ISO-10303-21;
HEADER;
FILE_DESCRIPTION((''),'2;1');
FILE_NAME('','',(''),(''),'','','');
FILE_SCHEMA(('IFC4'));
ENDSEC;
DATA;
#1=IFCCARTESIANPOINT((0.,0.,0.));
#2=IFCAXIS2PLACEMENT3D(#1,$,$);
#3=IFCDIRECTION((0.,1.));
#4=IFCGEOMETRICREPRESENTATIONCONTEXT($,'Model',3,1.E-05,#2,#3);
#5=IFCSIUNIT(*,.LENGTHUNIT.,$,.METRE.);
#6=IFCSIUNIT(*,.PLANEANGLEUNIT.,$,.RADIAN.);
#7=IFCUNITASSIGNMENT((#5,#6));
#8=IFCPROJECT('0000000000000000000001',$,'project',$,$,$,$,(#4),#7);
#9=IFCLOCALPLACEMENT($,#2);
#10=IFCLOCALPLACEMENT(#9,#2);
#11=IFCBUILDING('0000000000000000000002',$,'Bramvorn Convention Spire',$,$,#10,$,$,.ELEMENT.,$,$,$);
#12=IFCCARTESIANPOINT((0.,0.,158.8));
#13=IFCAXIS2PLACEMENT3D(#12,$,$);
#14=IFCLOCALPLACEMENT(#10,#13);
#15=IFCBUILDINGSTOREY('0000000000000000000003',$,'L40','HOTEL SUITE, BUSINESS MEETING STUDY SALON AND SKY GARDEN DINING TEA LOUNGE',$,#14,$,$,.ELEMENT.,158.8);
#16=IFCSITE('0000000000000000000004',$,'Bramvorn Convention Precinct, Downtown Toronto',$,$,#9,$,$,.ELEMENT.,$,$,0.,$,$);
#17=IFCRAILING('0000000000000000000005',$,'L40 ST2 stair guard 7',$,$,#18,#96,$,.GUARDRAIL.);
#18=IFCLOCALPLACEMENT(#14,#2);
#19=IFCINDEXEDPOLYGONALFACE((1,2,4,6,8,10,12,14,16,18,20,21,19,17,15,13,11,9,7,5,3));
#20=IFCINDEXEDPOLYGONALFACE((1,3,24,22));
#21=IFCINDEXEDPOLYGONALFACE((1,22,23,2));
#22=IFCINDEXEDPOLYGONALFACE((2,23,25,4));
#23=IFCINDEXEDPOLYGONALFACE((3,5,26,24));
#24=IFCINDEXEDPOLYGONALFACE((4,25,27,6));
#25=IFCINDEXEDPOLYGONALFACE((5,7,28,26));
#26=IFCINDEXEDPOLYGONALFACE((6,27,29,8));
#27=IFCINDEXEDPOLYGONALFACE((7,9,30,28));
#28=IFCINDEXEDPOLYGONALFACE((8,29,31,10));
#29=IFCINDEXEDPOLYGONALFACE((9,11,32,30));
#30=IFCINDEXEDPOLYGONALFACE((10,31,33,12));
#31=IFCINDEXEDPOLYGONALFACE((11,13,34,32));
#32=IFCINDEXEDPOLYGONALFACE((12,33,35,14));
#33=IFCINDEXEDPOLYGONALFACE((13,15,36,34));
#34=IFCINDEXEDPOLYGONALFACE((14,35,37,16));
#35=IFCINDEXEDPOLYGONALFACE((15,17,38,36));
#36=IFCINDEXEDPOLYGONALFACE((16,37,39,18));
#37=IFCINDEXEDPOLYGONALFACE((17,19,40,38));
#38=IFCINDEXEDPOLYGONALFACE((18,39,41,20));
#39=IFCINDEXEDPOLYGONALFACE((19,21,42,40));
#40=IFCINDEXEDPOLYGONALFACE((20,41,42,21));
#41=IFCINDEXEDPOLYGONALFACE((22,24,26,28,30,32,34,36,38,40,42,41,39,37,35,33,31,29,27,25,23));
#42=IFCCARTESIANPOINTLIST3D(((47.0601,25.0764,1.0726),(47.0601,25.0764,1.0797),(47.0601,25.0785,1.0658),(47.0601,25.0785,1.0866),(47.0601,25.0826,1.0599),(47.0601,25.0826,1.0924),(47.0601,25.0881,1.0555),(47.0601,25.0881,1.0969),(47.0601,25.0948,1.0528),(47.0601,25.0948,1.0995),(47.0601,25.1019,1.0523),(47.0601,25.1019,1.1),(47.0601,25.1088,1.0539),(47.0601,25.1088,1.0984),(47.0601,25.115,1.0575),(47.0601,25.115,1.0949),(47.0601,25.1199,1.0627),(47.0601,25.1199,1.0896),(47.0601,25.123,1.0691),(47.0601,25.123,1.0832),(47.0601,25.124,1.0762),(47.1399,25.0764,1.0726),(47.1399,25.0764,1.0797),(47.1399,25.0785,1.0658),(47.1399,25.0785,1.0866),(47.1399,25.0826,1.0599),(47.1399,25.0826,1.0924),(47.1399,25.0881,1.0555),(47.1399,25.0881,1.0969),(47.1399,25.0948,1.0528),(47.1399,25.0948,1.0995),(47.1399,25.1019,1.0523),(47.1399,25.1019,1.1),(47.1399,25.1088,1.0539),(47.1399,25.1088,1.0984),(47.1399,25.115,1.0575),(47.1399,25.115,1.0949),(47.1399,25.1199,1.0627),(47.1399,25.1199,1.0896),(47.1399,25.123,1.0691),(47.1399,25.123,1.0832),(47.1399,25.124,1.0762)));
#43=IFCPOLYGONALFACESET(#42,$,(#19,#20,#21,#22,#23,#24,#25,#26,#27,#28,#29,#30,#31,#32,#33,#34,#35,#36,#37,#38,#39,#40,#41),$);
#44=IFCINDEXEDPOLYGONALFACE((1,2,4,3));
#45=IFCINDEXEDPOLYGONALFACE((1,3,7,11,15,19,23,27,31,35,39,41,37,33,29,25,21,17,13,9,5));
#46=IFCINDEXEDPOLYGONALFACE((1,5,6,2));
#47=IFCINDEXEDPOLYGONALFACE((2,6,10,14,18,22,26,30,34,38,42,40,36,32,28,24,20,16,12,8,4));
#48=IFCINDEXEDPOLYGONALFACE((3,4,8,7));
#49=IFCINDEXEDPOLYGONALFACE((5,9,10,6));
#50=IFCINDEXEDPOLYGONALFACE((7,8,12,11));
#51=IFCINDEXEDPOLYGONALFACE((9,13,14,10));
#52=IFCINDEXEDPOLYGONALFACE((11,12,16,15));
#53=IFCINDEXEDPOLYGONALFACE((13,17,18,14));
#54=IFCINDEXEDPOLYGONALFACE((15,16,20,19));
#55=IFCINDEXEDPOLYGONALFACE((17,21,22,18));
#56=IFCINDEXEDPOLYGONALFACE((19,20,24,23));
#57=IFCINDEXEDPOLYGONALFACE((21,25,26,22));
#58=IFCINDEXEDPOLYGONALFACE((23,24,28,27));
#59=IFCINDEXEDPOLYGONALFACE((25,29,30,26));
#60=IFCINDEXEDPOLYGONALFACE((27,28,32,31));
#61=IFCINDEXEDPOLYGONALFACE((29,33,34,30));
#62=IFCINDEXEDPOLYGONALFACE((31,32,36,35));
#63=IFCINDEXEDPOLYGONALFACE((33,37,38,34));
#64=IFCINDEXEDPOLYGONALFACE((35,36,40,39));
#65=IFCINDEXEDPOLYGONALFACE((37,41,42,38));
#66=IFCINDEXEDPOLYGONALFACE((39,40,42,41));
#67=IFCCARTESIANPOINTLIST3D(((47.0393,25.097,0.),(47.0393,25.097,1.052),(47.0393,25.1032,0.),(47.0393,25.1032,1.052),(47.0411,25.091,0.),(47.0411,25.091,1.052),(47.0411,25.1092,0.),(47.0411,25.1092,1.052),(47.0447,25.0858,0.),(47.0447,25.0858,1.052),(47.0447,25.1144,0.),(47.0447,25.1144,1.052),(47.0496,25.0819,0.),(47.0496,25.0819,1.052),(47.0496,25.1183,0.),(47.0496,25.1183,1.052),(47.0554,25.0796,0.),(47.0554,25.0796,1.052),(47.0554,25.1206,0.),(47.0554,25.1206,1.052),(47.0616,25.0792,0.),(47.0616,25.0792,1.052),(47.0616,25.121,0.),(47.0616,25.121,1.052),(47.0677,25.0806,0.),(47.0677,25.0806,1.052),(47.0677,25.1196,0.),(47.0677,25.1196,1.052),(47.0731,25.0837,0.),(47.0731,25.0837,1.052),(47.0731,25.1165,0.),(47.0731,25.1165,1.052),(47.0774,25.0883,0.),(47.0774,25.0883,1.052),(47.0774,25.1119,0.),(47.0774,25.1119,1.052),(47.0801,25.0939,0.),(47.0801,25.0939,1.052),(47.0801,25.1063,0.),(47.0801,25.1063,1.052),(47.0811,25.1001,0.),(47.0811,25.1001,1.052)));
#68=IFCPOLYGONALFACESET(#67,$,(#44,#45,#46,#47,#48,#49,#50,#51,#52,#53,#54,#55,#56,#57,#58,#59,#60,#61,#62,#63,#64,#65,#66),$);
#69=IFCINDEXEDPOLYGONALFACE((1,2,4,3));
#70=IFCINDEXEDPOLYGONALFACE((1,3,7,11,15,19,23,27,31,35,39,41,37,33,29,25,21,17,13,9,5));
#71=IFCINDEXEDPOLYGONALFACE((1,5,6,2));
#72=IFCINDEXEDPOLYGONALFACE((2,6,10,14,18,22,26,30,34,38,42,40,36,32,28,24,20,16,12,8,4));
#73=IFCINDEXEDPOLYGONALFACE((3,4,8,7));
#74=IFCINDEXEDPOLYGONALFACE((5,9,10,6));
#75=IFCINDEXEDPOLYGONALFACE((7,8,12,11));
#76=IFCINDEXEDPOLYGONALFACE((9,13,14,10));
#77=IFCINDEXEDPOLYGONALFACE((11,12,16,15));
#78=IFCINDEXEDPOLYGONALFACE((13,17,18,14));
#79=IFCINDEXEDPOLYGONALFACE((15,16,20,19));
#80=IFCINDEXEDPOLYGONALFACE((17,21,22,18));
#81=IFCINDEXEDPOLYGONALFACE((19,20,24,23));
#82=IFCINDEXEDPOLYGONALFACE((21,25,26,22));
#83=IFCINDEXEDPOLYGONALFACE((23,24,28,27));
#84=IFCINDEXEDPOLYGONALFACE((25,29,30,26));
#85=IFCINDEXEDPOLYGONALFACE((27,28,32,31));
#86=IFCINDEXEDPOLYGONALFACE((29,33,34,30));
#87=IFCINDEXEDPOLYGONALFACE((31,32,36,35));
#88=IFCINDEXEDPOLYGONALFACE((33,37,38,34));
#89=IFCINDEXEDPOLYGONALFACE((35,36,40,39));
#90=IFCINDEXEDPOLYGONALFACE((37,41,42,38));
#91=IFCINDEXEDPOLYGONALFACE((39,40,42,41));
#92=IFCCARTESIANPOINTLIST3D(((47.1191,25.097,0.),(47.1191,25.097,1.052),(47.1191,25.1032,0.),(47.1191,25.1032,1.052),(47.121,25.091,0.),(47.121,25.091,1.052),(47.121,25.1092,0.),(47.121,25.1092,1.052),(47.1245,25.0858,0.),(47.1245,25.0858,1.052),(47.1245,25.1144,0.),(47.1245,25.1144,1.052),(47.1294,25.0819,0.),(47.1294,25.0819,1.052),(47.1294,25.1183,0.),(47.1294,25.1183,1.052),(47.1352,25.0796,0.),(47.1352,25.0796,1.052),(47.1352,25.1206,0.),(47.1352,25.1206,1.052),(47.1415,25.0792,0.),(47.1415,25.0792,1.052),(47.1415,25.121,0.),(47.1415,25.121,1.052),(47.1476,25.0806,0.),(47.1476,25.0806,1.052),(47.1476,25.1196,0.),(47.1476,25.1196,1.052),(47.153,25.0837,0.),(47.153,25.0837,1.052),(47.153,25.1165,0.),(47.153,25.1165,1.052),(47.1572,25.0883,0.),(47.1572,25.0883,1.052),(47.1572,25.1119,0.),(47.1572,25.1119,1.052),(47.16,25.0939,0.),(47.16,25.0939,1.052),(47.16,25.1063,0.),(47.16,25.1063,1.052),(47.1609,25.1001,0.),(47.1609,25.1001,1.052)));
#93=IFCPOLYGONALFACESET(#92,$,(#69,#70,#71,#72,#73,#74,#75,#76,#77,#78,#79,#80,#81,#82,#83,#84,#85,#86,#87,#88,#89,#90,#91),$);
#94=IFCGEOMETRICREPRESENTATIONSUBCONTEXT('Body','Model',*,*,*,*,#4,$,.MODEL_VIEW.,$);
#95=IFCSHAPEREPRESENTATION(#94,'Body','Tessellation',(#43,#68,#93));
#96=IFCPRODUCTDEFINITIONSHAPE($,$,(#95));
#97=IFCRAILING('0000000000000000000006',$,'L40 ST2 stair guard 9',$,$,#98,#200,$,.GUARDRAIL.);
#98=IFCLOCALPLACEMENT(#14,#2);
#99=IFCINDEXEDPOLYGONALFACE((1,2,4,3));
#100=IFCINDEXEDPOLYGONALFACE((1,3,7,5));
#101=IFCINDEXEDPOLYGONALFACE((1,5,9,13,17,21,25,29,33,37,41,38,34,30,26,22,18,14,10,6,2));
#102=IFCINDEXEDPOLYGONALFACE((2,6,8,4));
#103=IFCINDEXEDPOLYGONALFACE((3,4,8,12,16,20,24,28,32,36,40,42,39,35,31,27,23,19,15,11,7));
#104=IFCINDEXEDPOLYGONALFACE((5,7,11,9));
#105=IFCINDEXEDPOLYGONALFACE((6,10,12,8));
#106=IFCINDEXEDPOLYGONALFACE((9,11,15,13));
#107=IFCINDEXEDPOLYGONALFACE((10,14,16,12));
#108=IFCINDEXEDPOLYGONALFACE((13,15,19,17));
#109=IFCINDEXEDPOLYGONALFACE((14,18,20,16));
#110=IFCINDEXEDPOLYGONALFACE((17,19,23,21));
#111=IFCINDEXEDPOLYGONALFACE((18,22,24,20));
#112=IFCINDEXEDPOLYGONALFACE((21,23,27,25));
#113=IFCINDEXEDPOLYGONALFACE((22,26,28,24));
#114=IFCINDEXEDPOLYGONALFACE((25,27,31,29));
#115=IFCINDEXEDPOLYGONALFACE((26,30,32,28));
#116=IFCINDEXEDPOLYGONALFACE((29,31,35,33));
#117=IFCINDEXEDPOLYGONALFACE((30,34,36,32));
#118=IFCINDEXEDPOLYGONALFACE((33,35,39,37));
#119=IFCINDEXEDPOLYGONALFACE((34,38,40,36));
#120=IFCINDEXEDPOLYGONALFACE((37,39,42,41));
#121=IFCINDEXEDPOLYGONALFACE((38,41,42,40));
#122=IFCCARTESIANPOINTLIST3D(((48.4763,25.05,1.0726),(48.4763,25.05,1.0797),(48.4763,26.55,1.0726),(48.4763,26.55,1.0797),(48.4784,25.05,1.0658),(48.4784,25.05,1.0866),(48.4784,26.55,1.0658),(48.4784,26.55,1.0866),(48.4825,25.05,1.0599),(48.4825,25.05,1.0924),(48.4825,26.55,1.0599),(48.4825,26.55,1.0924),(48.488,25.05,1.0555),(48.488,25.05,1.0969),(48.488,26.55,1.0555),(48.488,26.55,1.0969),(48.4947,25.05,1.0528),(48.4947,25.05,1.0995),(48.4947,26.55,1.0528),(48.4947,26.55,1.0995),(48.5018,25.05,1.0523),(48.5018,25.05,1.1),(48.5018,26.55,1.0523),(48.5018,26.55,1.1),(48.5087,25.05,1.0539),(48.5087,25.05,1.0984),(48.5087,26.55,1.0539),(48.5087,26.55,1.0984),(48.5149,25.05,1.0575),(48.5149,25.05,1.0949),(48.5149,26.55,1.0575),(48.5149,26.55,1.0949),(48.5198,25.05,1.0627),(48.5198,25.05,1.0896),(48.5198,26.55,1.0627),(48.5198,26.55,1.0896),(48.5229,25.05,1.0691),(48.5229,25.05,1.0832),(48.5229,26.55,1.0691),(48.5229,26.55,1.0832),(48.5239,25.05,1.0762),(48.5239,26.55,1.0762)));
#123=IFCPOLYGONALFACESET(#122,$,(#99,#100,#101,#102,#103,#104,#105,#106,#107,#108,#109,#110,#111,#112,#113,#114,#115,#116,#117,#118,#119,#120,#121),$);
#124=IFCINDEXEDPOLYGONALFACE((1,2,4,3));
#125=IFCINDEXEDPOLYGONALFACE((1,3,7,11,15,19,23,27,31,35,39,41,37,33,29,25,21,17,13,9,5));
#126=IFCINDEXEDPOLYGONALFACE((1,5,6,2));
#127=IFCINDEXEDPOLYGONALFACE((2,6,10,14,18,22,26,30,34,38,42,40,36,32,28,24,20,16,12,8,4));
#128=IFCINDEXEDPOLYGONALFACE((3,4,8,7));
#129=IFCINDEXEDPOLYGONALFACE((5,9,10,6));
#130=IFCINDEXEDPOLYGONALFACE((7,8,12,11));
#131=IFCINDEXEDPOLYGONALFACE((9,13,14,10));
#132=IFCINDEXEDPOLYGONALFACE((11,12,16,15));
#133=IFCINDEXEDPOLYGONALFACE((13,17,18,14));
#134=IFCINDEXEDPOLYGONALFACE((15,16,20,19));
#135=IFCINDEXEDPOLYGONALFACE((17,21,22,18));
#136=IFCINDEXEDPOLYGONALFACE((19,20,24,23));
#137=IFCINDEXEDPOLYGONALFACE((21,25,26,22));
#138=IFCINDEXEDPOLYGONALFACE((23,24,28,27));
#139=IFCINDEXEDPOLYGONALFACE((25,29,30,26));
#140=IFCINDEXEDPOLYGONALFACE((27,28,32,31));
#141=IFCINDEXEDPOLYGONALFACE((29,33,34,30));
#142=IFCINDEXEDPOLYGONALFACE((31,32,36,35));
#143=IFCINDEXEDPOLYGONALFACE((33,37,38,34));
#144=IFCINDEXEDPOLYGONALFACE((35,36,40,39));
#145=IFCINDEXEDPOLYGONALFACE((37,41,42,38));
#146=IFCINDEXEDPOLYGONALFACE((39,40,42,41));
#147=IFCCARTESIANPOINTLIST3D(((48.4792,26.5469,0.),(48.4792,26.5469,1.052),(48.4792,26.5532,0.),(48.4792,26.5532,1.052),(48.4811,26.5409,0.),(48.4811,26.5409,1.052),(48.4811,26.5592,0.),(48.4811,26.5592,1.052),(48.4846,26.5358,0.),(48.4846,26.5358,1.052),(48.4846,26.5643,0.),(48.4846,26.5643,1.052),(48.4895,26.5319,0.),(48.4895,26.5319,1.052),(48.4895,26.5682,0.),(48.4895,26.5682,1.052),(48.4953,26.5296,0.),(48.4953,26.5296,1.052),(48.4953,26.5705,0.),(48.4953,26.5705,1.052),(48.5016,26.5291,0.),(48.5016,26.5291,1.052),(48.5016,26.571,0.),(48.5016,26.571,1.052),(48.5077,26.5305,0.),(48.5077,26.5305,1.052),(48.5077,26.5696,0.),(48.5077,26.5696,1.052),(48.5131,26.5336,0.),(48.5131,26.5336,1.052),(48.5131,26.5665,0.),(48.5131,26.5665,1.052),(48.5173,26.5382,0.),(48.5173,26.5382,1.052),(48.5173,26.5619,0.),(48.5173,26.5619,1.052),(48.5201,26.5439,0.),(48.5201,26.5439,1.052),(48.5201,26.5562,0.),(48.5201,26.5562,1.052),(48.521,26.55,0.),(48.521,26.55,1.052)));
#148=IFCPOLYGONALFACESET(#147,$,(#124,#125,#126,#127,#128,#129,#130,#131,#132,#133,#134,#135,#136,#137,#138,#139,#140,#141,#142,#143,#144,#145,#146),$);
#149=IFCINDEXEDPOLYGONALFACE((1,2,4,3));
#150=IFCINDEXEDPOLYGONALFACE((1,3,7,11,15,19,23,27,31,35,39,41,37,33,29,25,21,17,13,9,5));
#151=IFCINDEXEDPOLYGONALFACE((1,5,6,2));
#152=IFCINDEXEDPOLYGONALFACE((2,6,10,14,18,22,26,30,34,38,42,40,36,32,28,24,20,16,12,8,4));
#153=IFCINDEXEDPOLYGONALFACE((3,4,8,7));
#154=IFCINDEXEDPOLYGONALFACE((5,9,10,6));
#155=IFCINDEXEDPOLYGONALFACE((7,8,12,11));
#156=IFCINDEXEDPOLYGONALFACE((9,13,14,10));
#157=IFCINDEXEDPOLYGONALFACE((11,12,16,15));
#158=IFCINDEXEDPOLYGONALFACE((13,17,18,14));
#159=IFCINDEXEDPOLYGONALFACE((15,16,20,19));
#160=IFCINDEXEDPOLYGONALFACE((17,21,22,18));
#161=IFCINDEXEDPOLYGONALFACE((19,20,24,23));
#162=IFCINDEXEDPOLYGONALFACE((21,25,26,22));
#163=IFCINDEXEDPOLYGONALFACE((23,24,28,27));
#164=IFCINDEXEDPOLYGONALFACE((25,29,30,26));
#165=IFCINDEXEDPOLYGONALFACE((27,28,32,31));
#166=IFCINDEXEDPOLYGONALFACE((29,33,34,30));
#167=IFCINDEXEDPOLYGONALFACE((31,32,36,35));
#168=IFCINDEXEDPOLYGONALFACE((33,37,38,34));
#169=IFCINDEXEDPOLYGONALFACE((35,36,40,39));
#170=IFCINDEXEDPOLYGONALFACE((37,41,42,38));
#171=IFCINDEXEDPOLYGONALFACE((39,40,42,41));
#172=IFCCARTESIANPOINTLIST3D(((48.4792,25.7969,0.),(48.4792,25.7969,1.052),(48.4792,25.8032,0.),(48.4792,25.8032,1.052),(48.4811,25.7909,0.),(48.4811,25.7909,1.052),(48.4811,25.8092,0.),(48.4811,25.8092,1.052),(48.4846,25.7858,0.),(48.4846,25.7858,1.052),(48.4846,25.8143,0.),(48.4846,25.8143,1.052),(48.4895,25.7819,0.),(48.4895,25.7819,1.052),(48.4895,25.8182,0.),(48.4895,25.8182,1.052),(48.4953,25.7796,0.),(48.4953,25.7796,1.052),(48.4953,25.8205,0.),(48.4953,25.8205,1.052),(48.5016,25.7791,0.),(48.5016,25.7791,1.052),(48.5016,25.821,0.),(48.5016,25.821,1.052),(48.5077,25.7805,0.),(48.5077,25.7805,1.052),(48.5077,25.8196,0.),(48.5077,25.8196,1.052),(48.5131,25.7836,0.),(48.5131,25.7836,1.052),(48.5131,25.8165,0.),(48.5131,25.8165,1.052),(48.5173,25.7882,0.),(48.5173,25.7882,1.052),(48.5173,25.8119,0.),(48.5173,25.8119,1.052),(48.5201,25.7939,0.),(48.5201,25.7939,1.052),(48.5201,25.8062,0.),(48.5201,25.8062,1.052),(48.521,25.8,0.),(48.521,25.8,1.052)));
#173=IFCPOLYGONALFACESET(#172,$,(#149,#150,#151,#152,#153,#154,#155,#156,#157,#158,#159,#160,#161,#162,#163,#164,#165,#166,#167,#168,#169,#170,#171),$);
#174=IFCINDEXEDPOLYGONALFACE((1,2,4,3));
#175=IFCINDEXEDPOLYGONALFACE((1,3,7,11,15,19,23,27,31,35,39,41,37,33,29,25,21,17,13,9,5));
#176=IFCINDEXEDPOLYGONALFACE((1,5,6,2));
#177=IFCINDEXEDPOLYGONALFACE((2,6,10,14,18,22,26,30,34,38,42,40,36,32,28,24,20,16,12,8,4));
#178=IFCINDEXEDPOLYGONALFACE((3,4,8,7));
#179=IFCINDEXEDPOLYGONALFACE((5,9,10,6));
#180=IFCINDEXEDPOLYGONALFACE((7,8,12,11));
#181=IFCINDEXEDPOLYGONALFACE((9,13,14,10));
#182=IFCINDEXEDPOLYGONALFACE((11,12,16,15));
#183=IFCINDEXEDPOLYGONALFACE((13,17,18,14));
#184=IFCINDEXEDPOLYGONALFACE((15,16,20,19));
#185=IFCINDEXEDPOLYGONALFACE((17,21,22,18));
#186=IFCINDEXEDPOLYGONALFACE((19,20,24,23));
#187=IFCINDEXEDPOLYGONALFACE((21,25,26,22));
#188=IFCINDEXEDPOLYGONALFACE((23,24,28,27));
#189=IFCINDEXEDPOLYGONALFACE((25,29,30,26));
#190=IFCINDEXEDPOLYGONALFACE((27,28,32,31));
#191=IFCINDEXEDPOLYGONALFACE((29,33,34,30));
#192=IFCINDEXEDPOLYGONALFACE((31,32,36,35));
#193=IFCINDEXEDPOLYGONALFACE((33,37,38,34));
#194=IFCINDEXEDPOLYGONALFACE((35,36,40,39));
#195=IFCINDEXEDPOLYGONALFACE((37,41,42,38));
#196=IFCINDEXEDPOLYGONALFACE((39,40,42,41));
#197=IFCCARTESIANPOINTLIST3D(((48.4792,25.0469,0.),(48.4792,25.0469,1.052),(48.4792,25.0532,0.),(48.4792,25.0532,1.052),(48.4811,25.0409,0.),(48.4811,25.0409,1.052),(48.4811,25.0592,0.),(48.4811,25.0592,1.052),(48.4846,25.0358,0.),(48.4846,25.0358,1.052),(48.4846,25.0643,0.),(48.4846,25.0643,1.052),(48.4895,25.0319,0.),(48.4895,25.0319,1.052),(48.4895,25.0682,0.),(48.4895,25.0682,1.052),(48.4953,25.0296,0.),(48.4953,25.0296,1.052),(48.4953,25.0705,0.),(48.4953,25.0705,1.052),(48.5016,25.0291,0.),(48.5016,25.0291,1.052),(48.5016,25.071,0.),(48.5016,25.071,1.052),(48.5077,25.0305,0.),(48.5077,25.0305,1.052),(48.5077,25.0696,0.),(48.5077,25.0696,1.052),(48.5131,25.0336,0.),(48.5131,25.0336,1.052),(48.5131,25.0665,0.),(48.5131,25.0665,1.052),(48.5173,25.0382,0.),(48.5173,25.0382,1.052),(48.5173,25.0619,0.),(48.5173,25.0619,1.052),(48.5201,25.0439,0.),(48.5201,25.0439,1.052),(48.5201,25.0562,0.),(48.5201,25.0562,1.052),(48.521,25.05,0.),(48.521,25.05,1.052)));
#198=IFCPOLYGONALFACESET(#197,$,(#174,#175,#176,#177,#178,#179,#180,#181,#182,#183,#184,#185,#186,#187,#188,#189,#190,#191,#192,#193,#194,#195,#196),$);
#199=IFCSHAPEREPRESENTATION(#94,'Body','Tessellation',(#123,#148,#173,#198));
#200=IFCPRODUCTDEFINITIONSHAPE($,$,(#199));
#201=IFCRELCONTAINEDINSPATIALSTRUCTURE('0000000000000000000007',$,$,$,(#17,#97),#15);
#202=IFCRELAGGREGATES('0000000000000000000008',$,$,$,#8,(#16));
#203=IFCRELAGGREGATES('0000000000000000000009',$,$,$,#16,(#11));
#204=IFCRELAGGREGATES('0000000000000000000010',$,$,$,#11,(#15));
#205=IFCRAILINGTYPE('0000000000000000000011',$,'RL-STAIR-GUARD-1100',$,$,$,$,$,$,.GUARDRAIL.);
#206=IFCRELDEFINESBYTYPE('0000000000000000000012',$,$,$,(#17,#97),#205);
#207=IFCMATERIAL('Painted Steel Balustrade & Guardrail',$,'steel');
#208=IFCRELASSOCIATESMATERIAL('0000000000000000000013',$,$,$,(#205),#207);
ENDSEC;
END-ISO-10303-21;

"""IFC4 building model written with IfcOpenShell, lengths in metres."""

from ifc_helpers import new_model, si_unit, direction, frame, origin, origin_2d, place, context, subcontext, project, spatial, circle, extrude, material, type_object, element, save


model = new_model("IFC4")

# Units and contexts
model_context = context("Model", 3, precision=1e-05, world=origin(), true_north=direction((0.0, 1.0)))
body_context = subcontext(model_context, "Body", "Model", "MODEL_VIEW")
ifc_project = project(units=[si_unit("LENGTHUNIT", "METRE"), si_unit("PLANEANGLEUNIT", "RADIAN")], contexts=[model_context])

# Site, building, storey
site_placement = place(None, origin())
site = spatial("IfcSite", under=ifc_project, at=site_placement, Name="Bramvorn Convention Precinct, Downtown Toronto", CompositionType="ELEMENT", RefElevation=0.0)
building_placement = place(site_placement, origin())
building = spatial("IfcBuilding", under=site, at=building_placement, Name="Bramvorn Convention Spire", CompositionType="ELEMENT")
storey_placement = place(building_placement, frame((0.0, 0.0, 158.8)))
storey = spatial("IfcBuildingStorey", under=building, at=storey_placement, Name="L40", Description="HOTEL SUITE, BUSINESS MEETING STUDY SALON AND SKY GARDEN DINING TEA LOUNGE", CompositionType="ELEMENT", Elevation=158.8)

# Railings
ifc_material_1 = material(Name="Painted Steel Balustrade & Guardrail", Category="steel")
railing_type_1 = type_object("IfcRailingType", Name="RL-STAIR-GUARD-1100", PredefinedType="GUARDRAIL", material=ifc_material_1)
railing_1_placement = place(storey_placement, frame((47.0601, 25.1001, 0.0)))
element("IfcRailing", 1, at=railing_1_placement, inside=storey, type_object=railing_type_1, Name="L40 ST2 stair guard 7", PredefinedType="GUARDRAIL", context=body_context, shape_type="SweptSolid", body=[
    extrude(circle(Radius=0.0239, at=origin_2d()), frame((0.0, 0.0, 1.0762), z_axis=(1.0, 0.0, 0.0), x_axis=(0.0, 1.0, 0.0)), (0.0, 0.0, 1.0), 0.0798),
    extrude(circle(Radius=0.021, at=origin_2d()), origin(), (0.0, 0.0, 1.0), 1.052),
    extrude(circle(Radius=0.021, at=origin_2d()), frame((0.0798, 0.0, 0.0)), (0.0, 0.0, 1.0), 1.052),
])
railing_2_placement = place(storey_placement, frame((48.5, 26.55, 0.0)))
element("IfcRailing", 2, at=railing_2_placement, inside=storey, type_object=railing_type_1, Name="L40 ST2 stair guard 9", PredefinedType="GUARDRAIL", context=body_context, shape_type="SweptSolid", body=[
    extrude(circle(Radius=0.0239, at=origin_2d()), frame((0.0, 0.0, 1.0762), z_axis=(0.0, -1.0, 0.0), x_axis=(1.0, 0.0, 0.0)), (0.0, 0.0, 1.0), 1.5),
    extrude(circle(Radius=0.021, at=origin_2d()), origin(), (0.0, 0.0, 1.0), 1.052),
    extrude(circle(Radius=0.021, at=origin_2d()), frame((0.0, -0.75, 0.0)), (0.0, 0.0, 1.0), 1.052),
    extrude(circle(Radius=0.021, at=origin_2d()), frame((0.0, -1.5, 0.0)), (0.0, 0.0, 1.0), 1.052),
])

save(model, "model.ifc")
